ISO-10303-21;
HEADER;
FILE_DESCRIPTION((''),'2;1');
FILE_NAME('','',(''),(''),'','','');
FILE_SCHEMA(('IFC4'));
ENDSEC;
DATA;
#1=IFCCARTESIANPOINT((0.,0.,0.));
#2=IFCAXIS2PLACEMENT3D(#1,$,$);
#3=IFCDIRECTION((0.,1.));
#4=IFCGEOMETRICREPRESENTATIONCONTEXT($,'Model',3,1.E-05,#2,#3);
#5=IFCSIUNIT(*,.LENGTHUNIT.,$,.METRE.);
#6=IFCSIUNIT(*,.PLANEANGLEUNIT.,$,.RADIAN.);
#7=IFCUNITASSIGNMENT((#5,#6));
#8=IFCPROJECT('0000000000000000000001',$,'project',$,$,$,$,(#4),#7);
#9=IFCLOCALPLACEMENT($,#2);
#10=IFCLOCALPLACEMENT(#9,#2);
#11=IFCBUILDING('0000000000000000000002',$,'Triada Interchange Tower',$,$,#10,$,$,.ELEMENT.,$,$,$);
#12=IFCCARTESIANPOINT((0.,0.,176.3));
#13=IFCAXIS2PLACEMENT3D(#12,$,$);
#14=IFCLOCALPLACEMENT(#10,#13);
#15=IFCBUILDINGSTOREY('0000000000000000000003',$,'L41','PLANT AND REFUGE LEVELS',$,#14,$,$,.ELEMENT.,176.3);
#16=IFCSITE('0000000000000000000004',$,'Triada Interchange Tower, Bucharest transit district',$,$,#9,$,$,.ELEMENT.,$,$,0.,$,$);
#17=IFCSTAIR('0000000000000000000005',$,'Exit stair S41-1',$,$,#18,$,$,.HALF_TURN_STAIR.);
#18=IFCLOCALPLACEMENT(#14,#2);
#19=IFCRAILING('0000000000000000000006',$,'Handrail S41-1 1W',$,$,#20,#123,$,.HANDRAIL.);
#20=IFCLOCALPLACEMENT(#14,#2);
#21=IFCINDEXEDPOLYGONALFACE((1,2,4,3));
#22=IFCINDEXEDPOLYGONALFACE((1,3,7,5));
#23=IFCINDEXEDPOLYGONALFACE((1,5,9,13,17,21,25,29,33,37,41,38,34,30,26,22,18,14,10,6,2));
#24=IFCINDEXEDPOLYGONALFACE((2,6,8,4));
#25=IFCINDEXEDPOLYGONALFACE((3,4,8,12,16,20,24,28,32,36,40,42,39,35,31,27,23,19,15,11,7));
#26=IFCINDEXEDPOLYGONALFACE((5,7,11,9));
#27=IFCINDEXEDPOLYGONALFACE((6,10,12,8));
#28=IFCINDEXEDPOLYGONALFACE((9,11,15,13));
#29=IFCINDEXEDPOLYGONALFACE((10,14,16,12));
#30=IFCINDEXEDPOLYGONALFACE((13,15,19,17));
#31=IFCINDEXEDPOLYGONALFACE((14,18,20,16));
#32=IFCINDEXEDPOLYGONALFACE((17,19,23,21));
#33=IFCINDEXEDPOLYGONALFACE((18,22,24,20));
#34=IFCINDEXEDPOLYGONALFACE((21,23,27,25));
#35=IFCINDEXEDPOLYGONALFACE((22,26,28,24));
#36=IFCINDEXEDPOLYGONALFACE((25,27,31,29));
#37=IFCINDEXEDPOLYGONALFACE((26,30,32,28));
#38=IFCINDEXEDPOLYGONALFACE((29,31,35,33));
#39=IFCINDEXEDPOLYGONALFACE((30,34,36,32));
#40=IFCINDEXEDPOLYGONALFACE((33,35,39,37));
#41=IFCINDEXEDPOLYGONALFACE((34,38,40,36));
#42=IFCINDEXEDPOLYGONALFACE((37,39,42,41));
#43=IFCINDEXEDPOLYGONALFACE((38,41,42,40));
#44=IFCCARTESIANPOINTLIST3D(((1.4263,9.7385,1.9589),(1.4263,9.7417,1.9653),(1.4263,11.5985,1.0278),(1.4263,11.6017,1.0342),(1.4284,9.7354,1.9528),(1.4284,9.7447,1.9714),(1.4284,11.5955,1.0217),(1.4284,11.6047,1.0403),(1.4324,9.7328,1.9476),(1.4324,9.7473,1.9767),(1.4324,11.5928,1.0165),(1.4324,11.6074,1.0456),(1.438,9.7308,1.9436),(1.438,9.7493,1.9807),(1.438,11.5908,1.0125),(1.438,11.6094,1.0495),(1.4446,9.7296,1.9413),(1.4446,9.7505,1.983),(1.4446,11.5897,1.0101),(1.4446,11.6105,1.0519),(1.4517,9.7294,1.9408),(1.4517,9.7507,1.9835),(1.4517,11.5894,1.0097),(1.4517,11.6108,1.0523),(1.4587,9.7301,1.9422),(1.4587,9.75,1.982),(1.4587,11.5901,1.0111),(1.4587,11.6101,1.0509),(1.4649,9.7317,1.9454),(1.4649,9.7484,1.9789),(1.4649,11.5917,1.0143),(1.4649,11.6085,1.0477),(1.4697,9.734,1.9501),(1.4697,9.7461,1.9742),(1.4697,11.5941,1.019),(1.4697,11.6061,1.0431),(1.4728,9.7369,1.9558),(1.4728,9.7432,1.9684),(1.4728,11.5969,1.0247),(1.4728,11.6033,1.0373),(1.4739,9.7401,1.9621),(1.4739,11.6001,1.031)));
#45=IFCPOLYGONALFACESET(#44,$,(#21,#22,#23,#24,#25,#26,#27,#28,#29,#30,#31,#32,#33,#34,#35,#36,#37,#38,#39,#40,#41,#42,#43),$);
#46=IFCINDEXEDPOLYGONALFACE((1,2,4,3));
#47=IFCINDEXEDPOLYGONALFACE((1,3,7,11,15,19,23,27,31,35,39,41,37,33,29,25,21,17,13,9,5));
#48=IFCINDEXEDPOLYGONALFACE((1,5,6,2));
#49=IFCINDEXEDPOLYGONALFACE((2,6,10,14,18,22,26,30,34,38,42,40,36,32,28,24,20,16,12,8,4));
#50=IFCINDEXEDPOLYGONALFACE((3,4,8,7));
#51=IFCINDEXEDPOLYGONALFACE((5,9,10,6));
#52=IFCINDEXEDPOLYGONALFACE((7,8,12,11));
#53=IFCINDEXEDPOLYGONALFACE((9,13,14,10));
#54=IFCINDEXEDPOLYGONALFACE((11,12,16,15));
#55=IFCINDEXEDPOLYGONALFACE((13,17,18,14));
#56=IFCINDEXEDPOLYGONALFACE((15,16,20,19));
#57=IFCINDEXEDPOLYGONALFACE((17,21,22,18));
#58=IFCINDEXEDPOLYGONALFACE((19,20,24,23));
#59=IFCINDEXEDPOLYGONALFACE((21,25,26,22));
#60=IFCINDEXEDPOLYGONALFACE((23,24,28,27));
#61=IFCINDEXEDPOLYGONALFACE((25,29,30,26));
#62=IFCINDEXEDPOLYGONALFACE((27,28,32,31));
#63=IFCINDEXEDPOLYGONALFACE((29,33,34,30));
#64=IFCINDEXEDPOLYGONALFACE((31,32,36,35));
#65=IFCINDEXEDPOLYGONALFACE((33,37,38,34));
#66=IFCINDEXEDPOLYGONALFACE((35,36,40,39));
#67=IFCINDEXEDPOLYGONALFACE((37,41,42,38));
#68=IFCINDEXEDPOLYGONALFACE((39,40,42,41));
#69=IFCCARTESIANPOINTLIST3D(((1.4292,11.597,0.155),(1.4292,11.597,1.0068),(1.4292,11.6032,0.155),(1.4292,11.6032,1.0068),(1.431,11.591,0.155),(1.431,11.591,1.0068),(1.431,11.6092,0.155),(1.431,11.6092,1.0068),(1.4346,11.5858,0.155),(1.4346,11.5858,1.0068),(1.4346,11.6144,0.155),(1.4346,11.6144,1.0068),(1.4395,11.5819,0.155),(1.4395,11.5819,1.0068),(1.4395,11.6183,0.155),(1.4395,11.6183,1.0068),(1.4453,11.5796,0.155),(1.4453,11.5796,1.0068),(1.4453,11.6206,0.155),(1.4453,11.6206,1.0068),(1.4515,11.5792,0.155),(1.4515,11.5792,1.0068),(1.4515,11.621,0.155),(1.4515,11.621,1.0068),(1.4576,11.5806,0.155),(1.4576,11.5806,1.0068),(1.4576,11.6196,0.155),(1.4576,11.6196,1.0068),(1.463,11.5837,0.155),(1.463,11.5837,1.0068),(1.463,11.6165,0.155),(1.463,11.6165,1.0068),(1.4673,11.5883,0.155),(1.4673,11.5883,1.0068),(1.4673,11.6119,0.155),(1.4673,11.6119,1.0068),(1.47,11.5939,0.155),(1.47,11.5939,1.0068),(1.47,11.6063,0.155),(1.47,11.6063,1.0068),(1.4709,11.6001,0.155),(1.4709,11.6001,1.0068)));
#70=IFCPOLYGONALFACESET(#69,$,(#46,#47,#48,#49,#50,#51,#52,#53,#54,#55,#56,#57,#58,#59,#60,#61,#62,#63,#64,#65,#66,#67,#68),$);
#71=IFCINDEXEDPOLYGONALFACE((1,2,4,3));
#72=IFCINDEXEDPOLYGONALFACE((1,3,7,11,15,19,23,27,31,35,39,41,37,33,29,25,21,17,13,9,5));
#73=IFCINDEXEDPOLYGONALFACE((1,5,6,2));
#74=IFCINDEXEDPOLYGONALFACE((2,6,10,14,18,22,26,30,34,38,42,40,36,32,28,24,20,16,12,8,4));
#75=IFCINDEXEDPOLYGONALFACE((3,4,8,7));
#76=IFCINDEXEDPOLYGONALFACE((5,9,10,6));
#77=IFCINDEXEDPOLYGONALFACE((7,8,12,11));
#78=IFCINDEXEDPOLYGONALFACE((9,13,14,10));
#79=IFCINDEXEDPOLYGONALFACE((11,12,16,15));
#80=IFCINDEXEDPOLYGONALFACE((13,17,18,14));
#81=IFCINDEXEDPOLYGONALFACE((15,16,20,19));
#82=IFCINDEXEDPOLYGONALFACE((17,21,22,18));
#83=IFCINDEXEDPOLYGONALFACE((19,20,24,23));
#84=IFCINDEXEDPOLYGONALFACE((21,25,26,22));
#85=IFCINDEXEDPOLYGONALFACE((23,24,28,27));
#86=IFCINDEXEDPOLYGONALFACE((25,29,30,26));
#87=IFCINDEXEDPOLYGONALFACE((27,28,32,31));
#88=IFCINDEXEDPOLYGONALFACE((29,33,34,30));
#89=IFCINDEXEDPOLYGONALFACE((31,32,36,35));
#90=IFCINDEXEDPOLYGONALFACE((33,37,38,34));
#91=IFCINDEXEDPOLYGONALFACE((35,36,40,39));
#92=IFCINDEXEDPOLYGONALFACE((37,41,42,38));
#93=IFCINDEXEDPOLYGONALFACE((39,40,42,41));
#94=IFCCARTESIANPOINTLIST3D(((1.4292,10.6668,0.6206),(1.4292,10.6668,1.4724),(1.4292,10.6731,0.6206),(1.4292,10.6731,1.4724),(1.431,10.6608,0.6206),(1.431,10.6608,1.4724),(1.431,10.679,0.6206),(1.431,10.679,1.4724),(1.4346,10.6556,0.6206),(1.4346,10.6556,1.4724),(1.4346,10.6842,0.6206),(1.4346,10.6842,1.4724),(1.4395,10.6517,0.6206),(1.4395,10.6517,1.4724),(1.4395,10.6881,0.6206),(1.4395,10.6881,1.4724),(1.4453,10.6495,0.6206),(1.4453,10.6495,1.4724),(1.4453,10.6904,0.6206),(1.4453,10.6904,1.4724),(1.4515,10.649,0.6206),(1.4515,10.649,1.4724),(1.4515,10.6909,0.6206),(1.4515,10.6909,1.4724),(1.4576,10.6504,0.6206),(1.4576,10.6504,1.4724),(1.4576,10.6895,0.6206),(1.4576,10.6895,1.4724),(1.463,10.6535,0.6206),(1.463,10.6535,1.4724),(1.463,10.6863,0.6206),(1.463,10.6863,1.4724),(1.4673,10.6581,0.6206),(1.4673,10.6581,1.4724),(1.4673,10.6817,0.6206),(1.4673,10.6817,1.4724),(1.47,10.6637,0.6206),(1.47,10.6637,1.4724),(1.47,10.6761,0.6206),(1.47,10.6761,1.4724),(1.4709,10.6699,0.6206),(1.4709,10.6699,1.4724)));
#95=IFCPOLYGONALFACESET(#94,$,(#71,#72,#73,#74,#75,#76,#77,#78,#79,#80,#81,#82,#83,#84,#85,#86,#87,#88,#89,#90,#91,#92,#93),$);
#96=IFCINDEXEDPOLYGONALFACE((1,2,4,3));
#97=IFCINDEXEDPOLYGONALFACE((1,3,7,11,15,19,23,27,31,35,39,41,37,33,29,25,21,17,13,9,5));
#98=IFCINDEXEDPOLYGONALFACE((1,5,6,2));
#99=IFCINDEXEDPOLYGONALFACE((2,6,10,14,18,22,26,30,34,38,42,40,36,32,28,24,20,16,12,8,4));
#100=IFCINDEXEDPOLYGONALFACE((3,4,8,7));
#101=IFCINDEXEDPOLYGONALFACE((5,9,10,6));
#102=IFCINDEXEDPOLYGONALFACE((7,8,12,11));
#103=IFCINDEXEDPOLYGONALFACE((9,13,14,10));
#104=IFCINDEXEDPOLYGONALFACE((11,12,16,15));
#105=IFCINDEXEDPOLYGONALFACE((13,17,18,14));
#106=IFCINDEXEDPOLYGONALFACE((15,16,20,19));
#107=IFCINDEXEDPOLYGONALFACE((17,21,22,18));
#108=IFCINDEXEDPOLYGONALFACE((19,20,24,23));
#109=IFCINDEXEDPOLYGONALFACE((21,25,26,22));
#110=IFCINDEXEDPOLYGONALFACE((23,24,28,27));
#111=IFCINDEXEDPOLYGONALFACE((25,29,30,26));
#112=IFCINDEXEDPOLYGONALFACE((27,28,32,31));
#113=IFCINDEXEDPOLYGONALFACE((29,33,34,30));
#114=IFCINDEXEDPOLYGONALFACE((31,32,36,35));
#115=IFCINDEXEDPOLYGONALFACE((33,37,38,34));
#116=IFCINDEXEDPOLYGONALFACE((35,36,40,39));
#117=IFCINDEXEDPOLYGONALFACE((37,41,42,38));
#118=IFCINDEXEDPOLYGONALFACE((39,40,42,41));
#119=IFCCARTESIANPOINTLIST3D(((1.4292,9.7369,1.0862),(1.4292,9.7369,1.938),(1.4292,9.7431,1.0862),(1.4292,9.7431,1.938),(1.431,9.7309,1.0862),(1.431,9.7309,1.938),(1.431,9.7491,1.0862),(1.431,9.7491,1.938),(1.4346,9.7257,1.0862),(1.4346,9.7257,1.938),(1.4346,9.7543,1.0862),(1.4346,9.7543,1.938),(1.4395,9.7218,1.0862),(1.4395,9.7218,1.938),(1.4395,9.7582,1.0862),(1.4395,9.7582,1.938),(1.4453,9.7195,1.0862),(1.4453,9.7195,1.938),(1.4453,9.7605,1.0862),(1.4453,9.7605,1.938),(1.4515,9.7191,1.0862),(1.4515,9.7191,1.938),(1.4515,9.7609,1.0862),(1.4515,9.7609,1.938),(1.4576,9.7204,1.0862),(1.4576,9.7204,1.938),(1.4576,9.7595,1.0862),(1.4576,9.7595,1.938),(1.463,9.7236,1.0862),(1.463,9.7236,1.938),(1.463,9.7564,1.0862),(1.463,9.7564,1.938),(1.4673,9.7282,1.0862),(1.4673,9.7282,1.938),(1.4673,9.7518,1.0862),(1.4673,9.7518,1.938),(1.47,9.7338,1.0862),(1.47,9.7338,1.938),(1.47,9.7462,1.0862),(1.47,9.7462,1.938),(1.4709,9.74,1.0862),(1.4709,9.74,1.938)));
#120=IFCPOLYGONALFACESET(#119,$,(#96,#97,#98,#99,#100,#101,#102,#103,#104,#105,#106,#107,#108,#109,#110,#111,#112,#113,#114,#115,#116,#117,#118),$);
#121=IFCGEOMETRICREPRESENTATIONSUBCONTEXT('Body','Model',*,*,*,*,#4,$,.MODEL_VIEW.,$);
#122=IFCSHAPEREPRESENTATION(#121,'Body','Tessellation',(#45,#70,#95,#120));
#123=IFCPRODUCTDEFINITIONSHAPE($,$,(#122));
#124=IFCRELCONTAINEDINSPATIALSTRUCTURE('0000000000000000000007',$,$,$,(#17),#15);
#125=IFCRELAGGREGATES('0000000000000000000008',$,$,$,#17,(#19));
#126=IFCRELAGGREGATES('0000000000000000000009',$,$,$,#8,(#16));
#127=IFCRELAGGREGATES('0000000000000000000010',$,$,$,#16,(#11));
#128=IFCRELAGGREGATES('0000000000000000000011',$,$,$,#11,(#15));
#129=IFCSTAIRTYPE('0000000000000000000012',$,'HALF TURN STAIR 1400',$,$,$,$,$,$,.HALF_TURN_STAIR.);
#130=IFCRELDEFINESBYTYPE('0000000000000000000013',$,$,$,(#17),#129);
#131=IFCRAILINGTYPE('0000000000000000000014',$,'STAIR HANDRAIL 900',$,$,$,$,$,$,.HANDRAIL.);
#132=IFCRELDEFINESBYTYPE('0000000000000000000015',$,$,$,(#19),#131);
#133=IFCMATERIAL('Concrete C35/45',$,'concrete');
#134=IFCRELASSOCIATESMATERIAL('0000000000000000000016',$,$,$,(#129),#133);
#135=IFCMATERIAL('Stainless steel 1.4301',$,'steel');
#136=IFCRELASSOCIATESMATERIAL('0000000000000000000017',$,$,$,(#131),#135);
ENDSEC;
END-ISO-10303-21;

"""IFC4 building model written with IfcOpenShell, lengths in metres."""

from ifc_helpers import new_model, si_unit, direction, frame, origin, origin_2d, place, context, subcontext, project, spatial, circle, extrude, material, type_object, element, aggregate, save


model = new_model("IFC4")

# Units and contexts
model_context = context("Model", 3, precision=1e-05, world=origin(), true_north=direction((0.0, 1.0)))
body_context = subcontext(model_context, "Body", "Model", "MODEL_VIEW")
ifc_project = project(units=[si_unit("LENGTHUNIT", "METRE"), si_unit("PLANEANGLEUNIT", "RADIAN")], contexts=[model_context])

# Site, building, storey
site_placement = place(None, origin())
site = spatial("IfcSite", under=ifc_project, at=site_placement, Name="Triada Interchange Tower, Bucharest transit district", CompositionType="ELEMENT", RefElevation=0.0)
building_placement = place(site_placement, origin())
building = spatial("IfcBuilding", under=site, at=building_placement, Name="Triada Interchange Tower", CompositionType="ELEMENT")
storey_placement = place(building_placement, frame((0.0, 0.0, 176.3)))
storey = spatial("IfcBuildingStorey", under=building, at=storey_placement, Name="L41", Description="PLANT AND REFUGE LEVELS", CompositionType="ELEMENT", Elevation=176.3)

# Shared definitions
ifc_material_1 = material(Name="Concrete C35/45", Category="concrete")

# Stair, railing
stair_type = type_object("IfcStairType", Name="HALF TURN STAIR 1400", PredefinedType="HALF_TURN_STAIR", material=ifc_material_1)
stair_placement = place(storey_placement, origin())
stair = element("IfcStair", 1, at=stair_placement, inside=storey, type_object=stair_type, Name="Exit stair S41-1", PredefinedType="HALF_TURN_STAIR")
ifc_material_2 = material(Name="Stainless steel 1.4301", Category="steel")
railing_type_1 = type_object("IfcRailingType", Name="STAIR HANDRAIL 900", PredefinedType="HANDRAIL", material=ifc_material_2)
railing_1_placement = place(storey_placement, frame((1.45, 11.6001, 0.155)))
railing_1 = element("IfcRailing", 2, at=railing_1_placement, type_object=railing_type_1, Name="Handrail S41-1 1W", PredefinedType="HANDRAIL", context=body_context, shape_type="SweptSolid", body=[
    extrude(circle(Radius=0.0239, at=origin_2d()), frame((0.0, 0.0, 0.876), z_axis=(0.0, -0.894216, 0.447636), x_axis=(1.0, 0.0, 0.0)), (0.0, 0.0, 1.0), 2.0801),
    extrude(circle(Radius=0.021, at=origin_2d()), origin(), (0.0, 0.0, 1.0), 0.8518),
    extrude(circle(Radius=0.021, at=origin_2d()), frame((0.0, -0.9302, 0.4656)), (0.0, 0.0, 1.0), 0.8518),
    extrude(circle(Radius=0.021, at=origin_2d()), frame((0.0, -1.8601, 0.9312)), (0.0, 0.0, 1.0), 0.8518),
])
aggregate(stair, [railing_1])

save(model, "model.ifc")
